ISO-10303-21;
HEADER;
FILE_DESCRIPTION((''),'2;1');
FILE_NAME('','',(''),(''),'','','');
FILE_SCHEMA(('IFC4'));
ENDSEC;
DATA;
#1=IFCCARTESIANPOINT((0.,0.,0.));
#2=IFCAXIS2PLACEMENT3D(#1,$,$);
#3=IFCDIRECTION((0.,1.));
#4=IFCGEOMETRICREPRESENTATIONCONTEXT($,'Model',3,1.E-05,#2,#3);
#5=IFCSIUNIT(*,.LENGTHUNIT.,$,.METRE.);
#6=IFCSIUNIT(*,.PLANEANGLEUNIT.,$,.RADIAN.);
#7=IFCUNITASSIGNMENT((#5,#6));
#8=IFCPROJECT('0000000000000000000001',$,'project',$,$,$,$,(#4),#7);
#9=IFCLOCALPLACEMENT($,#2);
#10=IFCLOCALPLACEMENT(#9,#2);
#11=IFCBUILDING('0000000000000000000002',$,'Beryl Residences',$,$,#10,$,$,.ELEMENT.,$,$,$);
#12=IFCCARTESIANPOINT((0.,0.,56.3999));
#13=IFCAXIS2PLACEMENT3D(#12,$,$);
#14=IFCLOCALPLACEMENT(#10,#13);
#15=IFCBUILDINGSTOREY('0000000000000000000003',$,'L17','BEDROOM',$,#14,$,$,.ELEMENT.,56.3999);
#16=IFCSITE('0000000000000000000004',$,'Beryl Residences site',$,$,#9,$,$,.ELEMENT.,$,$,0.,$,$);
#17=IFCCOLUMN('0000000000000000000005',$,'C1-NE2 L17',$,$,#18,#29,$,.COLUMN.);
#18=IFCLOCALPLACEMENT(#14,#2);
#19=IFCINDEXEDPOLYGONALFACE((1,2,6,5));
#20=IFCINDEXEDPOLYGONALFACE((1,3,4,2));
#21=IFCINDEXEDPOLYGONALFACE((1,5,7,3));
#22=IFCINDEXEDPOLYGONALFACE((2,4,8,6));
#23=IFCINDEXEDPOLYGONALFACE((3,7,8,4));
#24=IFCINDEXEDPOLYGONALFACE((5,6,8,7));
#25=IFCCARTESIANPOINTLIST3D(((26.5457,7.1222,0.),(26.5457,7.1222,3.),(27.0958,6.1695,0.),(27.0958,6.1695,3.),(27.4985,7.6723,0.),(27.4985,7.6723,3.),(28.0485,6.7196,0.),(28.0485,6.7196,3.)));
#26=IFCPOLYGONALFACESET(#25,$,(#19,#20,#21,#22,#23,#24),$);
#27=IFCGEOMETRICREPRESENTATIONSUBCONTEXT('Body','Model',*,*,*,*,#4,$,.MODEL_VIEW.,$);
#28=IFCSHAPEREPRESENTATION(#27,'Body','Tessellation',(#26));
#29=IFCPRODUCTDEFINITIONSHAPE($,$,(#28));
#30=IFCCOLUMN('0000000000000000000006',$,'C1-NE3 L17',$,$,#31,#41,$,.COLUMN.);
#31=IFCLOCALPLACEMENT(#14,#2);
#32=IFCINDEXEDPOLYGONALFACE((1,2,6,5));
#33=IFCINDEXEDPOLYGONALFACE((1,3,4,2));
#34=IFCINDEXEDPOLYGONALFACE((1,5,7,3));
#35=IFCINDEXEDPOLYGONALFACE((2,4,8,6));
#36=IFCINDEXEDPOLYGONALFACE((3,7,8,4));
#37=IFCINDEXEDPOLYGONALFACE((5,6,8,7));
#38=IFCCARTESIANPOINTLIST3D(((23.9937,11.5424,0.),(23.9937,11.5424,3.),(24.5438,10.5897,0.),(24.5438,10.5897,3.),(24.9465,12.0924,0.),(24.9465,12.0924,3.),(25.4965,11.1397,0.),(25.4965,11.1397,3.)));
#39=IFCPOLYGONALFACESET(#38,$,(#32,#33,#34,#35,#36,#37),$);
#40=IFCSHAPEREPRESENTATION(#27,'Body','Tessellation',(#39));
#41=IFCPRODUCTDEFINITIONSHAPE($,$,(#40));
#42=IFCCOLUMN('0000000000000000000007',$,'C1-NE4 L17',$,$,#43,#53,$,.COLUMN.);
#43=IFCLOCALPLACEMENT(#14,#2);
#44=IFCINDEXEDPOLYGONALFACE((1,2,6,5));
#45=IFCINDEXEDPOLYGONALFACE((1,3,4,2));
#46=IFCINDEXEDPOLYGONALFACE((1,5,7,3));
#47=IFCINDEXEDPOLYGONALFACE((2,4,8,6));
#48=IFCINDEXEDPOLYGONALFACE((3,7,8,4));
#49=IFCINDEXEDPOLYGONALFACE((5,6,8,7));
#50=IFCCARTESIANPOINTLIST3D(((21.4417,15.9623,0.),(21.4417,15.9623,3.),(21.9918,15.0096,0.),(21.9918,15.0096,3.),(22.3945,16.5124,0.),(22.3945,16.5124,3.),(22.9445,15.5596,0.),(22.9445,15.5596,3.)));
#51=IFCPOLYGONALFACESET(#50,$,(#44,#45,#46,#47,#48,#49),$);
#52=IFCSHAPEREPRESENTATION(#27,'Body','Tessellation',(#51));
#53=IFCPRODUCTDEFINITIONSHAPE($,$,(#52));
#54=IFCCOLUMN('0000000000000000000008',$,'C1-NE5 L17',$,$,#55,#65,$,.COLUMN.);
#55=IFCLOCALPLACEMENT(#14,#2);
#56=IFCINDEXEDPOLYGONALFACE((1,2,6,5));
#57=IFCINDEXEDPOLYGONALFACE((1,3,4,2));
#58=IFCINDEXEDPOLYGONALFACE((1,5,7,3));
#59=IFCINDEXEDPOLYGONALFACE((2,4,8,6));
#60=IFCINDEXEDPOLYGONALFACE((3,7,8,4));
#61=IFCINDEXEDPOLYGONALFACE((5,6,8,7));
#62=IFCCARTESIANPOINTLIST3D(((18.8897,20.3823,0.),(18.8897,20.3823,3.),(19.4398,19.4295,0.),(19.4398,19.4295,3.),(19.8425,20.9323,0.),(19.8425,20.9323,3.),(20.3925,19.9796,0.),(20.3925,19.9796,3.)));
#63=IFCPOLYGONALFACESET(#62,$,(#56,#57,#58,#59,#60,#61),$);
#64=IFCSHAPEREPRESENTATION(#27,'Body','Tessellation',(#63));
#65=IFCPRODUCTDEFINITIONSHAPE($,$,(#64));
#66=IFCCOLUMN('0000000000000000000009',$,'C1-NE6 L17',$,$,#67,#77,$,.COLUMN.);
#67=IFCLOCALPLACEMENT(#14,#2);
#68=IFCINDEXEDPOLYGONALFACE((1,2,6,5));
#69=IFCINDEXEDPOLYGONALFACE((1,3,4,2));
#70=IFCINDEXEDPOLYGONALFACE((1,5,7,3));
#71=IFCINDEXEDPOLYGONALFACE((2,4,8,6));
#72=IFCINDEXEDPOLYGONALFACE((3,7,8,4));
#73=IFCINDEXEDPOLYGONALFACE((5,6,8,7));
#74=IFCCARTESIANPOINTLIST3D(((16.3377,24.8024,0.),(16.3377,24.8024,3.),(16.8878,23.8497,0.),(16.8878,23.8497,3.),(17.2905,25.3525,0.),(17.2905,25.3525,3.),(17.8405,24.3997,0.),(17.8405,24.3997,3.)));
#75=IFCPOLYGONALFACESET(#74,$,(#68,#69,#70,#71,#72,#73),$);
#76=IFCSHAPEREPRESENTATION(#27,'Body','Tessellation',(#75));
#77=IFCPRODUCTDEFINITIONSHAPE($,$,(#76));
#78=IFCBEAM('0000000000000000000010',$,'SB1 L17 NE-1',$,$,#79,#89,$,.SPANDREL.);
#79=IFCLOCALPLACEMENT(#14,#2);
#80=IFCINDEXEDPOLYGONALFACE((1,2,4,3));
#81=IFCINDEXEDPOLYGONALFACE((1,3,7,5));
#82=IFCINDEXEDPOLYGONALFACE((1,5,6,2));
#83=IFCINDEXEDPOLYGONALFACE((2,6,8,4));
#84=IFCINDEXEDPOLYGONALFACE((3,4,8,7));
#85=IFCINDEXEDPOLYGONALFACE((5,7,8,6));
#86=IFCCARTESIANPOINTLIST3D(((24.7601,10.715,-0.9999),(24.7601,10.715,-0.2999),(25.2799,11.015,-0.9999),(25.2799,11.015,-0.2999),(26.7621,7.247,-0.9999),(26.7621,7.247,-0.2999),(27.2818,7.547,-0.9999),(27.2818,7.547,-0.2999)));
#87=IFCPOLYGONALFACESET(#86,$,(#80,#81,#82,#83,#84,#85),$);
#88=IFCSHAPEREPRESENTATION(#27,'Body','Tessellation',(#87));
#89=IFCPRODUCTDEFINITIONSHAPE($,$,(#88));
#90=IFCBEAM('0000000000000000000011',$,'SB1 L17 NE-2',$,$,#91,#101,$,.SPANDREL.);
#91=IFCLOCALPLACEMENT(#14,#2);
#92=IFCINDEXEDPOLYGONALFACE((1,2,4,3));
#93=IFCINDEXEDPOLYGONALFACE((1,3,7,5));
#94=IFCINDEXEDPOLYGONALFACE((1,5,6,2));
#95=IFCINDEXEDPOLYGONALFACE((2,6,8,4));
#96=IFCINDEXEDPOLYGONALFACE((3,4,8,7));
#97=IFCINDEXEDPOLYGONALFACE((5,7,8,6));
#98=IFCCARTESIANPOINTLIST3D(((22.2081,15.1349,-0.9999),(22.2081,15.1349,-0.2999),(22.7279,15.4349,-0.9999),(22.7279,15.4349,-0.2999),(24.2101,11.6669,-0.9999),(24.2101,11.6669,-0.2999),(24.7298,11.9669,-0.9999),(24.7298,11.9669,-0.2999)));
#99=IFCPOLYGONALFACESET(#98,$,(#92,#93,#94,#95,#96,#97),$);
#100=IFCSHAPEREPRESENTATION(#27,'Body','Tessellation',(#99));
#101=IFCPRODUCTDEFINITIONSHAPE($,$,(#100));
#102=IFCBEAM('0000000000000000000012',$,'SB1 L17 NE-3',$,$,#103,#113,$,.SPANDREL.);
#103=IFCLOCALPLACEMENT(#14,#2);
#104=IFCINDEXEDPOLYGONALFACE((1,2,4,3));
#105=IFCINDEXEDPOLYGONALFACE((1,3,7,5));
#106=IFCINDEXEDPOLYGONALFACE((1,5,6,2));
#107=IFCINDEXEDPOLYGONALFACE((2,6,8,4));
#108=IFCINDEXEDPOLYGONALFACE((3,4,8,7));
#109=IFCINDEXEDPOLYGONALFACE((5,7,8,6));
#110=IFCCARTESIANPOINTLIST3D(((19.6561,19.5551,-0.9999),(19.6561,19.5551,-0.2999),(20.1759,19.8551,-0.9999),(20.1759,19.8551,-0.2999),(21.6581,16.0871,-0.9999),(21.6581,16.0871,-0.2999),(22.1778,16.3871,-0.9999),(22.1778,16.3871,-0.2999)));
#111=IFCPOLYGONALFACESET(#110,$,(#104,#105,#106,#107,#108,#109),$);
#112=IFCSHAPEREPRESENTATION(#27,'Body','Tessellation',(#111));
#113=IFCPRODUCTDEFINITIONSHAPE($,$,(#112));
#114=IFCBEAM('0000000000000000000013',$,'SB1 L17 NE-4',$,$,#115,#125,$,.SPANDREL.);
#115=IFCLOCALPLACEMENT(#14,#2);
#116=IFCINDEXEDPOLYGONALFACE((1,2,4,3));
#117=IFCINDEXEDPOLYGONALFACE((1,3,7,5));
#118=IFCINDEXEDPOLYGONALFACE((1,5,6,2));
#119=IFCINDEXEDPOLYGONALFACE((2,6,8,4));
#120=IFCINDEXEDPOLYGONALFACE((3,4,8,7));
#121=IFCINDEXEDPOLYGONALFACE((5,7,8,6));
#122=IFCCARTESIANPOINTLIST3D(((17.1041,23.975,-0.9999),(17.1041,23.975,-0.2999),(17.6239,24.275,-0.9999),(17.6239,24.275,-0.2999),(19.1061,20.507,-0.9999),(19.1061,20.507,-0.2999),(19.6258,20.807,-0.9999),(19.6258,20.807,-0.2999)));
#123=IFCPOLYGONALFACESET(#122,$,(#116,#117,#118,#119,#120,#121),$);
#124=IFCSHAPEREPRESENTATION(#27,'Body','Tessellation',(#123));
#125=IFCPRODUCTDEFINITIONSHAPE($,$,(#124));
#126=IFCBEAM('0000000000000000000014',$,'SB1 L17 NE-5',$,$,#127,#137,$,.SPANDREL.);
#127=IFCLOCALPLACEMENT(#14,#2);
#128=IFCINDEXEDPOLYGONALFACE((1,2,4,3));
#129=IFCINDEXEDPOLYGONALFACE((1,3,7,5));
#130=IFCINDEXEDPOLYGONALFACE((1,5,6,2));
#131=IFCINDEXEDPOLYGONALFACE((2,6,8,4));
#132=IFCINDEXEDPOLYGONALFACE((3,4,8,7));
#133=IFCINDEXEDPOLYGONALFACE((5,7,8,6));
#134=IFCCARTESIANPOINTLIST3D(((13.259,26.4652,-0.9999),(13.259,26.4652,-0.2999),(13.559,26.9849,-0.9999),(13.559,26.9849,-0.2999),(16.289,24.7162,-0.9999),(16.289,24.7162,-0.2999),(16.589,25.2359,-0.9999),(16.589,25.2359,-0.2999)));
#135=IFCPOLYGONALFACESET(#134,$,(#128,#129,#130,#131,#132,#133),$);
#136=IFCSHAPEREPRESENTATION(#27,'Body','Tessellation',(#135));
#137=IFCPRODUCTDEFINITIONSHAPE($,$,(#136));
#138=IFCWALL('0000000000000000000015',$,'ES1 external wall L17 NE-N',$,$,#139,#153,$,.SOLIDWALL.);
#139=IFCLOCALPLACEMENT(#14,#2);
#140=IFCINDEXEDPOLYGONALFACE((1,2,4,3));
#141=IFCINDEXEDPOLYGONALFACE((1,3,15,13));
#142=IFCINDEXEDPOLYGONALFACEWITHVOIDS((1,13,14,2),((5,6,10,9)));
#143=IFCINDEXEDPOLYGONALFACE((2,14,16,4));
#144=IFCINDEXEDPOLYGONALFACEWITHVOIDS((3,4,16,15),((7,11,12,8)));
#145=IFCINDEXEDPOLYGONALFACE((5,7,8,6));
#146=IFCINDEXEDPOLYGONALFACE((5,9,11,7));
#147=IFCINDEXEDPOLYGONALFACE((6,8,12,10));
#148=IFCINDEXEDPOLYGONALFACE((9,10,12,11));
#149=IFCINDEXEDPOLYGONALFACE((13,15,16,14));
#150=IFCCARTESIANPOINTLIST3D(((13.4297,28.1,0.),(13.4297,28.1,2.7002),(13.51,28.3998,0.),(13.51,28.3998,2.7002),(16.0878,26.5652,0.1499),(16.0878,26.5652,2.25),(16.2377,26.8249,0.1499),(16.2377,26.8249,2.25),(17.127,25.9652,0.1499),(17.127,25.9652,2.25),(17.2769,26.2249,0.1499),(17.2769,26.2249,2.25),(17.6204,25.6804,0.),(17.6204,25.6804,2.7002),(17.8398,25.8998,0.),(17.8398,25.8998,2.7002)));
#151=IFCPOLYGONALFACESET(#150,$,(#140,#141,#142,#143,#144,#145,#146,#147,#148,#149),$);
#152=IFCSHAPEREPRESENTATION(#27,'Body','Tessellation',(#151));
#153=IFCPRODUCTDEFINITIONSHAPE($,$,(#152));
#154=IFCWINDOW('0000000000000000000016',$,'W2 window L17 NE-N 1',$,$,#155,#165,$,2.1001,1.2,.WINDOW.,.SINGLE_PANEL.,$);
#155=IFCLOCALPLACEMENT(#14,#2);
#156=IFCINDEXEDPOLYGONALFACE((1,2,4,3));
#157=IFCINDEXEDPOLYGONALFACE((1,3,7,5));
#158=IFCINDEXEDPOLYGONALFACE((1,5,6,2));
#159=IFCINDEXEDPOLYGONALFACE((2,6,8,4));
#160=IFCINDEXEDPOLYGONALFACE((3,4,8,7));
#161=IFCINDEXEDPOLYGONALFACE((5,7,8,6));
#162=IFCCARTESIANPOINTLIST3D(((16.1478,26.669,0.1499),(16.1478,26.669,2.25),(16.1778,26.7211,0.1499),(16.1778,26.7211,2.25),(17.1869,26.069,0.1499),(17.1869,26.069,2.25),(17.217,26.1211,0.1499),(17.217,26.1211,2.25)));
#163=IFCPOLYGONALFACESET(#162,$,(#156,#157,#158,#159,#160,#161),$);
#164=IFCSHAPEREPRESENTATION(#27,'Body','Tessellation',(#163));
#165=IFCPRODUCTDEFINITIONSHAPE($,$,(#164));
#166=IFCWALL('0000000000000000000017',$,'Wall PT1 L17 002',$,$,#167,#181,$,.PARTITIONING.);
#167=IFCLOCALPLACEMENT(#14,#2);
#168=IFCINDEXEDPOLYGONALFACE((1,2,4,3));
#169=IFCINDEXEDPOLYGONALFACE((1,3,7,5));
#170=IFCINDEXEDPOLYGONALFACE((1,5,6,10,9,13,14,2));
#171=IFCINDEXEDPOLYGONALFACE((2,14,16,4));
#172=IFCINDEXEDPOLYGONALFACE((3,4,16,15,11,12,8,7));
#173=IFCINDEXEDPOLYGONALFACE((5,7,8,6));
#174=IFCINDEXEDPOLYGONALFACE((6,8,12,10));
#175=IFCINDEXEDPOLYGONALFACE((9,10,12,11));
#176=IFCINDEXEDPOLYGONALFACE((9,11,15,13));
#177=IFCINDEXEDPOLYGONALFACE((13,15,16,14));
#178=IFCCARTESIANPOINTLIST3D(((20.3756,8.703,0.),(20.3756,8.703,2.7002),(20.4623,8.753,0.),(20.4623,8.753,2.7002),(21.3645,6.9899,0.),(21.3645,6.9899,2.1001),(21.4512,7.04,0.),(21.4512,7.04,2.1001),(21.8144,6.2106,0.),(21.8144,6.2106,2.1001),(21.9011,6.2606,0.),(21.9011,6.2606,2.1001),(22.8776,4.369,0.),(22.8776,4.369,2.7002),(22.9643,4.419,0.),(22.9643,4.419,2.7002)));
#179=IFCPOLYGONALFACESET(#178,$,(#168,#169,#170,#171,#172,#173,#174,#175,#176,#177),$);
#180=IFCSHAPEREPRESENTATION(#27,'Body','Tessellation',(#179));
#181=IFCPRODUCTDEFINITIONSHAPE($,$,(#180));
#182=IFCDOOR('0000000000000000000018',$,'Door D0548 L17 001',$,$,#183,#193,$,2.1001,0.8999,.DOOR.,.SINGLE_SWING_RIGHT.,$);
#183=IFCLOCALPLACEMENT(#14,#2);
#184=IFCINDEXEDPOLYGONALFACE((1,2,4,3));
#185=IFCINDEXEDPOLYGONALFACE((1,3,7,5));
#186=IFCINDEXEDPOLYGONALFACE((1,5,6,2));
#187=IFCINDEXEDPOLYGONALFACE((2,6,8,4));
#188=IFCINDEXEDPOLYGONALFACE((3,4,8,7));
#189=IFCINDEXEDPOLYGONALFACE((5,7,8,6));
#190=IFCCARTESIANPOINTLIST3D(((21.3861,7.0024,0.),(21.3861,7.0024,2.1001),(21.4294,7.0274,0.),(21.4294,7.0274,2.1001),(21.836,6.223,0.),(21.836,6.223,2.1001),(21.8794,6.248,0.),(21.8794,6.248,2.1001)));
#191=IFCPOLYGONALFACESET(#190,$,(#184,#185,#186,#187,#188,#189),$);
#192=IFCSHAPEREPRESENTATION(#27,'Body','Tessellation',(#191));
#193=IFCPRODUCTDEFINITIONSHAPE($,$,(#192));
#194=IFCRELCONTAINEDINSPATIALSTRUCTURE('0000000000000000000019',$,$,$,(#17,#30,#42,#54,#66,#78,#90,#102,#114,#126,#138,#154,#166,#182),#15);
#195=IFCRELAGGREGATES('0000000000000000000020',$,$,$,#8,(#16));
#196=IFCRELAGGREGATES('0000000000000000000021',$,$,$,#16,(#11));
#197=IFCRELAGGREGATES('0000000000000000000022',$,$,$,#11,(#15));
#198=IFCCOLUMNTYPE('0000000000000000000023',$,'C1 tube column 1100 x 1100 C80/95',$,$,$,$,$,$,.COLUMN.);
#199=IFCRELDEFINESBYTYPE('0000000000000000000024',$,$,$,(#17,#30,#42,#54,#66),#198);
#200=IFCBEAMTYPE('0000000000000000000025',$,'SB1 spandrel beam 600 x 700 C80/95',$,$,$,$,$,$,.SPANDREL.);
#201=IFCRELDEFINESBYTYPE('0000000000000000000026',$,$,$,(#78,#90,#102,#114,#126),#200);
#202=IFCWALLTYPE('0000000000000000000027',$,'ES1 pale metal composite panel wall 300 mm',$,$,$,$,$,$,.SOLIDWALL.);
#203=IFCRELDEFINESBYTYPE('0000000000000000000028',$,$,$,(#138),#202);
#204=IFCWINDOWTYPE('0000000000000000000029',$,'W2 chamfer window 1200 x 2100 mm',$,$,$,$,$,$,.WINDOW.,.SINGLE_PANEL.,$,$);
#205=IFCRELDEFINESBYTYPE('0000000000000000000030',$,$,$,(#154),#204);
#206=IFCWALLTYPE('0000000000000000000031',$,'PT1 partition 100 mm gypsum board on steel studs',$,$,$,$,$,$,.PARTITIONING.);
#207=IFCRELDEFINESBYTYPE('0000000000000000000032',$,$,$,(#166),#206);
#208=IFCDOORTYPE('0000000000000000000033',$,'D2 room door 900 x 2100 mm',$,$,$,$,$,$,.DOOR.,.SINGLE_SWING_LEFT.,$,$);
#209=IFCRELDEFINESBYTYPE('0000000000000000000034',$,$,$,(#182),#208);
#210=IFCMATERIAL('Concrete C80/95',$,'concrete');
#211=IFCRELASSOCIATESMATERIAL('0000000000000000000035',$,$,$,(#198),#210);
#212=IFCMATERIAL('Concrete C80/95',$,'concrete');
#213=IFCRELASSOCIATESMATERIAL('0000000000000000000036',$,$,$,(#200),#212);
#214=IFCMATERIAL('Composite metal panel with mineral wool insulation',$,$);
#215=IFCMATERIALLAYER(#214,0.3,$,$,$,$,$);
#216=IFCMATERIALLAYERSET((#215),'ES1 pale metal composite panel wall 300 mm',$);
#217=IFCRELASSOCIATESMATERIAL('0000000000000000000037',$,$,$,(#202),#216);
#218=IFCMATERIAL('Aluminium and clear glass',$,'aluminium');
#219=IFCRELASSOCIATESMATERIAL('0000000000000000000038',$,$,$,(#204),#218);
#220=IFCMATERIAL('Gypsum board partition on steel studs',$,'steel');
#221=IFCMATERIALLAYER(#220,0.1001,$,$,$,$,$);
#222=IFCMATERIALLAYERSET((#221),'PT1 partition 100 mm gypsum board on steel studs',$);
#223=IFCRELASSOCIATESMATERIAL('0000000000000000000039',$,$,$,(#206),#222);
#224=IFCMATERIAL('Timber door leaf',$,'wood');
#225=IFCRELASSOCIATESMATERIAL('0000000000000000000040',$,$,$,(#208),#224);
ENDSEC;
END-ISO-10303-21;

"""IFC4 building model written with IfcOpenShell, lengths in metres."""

from ifc_helpers import new_model, si_unit, direction, frame, frame_2d, origin, origin_2d, place, context, subcontext, project, spatial, polyline, rectangle, outline, extrude, material, layer, layer_set, material_profile, profile_set, type_object, element, fill, save


model = new_model("IFC4")

# Units and contexts
model_context = context("Model", 3, precision=1e-05, world=origin(), true_north=direction((0.0, 1.0)))
body_context = subcontext(model_context, "Body", "Model", "MODEL_VIEW")
ifc_project = project(units=[si_unit("LENGTHUNIT", "METRE"), si_unit("PLANEANGLEUNIT", "RADIAN")], contexts=[model_context])

# Site, building, storey
site_placement = place(None, origin())
site = spatial("IfcSite", under=ifc_project, at=site_placement, Name="Beryl Residences site", CompositionType="ELEMENT", RefElevation=0.0)
building_placement = place(site_placement, origin())
building = spatial("IfcBuilding", under=site, at=building_placement, Name="Beryl Residences", CompositionType="ELEMENT")
storey_placement = place(building_placement, frame((0.0, 0.0, 56.3999)))
storey = spatial("IfcBuildingStorey", under=building, at=storey_placement, Name="L17", Description="BEDROOM", CompositionType="ELEMENT", Elevation=56.3999)

# Columns
ifc_material_1 = material(Name="Concrete C80/95", Category="concrete")
ifc_material_profile_1 = material_profile(ifc_material_1, rectangle(XDim=1.1001, YDim=1.1001, at=origin_2d()))
ifc_profile_set_1 = profile_set([ifc_material_profile_1], Name="Concrete C80/95")
column_type = type_object("IfcColumnType", Name="C1 tube column 1100 x 1100 C80/95", PredefinedType="COLUMN", material=ifc_profile_set_1)
for number, where, z_axis, x_axis, name in (
    (1, (27.2971, 6.9209, 0.0), (0.0, 0.0, 1.0), (-0.499985, 0.866034, 0.0), "C1-NE2 L17"),
    (2, (24.7451, 11.3411, 0.0), (0.0, 0.0, 1.0), (-0.499985, 0.866034, 0.0), "C1-NE3 L17"),
    (3, (22.1931, 15.761, 0.0), (0.0, 0.0, 1.0), (-0.499985, 0.866034, 0.0), "C1-NE4 L17"),
    (4, (19.6411, 20.1809, 0.0), (0.0, 0.0, 1.0), (-0.499985, 0.866034, 0.0), "C1-NE5 L17"),
    (5, (17.0891, 24.6011, 0.0), (0.0, 0.0, 1.0), (-0.499985, 0.866034, 0.0), "C1-NE6 L17"),
):
    element("IfcColumn", number, at=place(storey_placement, frame(where, z_axis=z_axis, x_axis=x_axis)), inside=storey, type_object=column_type, Name=name, PredefinedType="COLUMN", context=body_context, shape_type="SweptSolid", body=[
        extrude(rectangle(XDim=1.1001, YDim=1.1001, at=origin_2d()), origin(), (0.0, 0.0, 1.0), 3.0),
    ])

# Beams
ifc_material_2 = material(Name="Concrete C80/95", Category="concrete")
ifc_material_profile_2 = material_profile(ifc_material_2, rectangle(XDim=0.6001, YDim=0.7, at=origin_2d()))
ifc_profile_set_2 = profile_set([ifc_material_profile_2], Name="Concrete C80/95")
beam_type = type_object("IfcBeamType", Name="SB1 spandrel beam 600 x 700 C80/95", PredefinedType="SPANDREL", material=ifc_profile_set_2)
for number, where, z_axis, x_axis, name in (
    (6, (27.022, 7.397, -0.6499), (-0.499942, 0.866059, 0.0), (-0.866059, -0.499942, 0.0), "SB1 L17 NE-1"),
    (7, (24.47, 11.8169, -0.6499), (-0.499942, 0.866059, 0.0), (-0.866059, -0.499942, 0.0), "SB1 L17 NE-2"),
    (8, (21.918, 16.2371, -0.6499), (-0.499942, 0.866059, 0.0), (-0.866059, -0.499942, 0.0), "SB1 L17 NE-3"),
    (9, (19.366, 20.657, -0.6499), (-0.499942, 0.866059, 0.0), (-0.866059, -0.499942, 0.0), "SB1 L17 NE-4"),
):
    element("IfcBeam", number, at=place(storey_placement, frame(where, z_axis=z_axis, x_axis=x_axis)), inside=storey, type_object=beam_type, Name=name, PredefinedType="SPANDREL", context=body_context, shape_type="SweptSolid", body=[
        extrude(rectangle(XDim=0.6001, YDim=0.7, at=origin_2d()), origin(), (0.0, 0.0, 1.0), 4.0044),
    ])
beam_placement = place(storey_placement, frame((16.439, 24.9761, -0.6499), z_axis=(-0.866071, 0.499922, 0.0), x_axis=(-0.499922, -0.866071, 0.0)))
element("IfcBeam", 10, at=beam_placement, inside=storey, type_object=beam_type, Name="SB1 L17 NE-5", PredefinedType="SPANDREL", context=body_context, shape_type="SweptSolid", body=[
    extrude(rectangle(XDim=0.6001, YDim=0.7, at=origin_2d()), origin(), (0.0, 0.0, 1.0), 3.4985),
])

# Wall, opening, window
ifc_material_3 = material(Name="Composite metal panel with mineral wool insulation")
ifc_layer_1 = layer(ifc_material_3, 0.3)
ifc_layer_set_1 = layer_set([ifc_layer_1], Name="ES1 pale metal composite panel wall 300 mm")
wall_type_1 = type_object("IfcWallType", Name="ES1 pale metal composite panel wall 300 mm", PredefinedType="SOLIDWALL", material=ifc_layer_set_1)
wall_1_placement = place(storey_placement, frame((17.7649, 25.77, 0.0), z_axis=(0.0, 0.0, 1.0), x_axis=(-0.866011, 0.500025, 0.0)))
wall_1 = element("IfcWall", 11, at=wall_1_placement, inside=storey, type_object=wall_type_1, Name="ES1 external wall L17 NE-N", PredefinedType="SOLIDWALL", context=body_context, shape_type="SweptSolid", body=[
    extrude(outline(polyline([(0.0, -0.1499), (4.9998, -0.1499), (4.9194, 0.1499), (0.0803, 0.1499), (0.0, -0.1499)])), origin(), (0.0, 0.0, 1.0), 2.7002),
])
opening_1_placement = place(wall_1_placement, frame((0.6499, 0.0, 0.1499)))
opening_1 = element("IfcOpeningElement", 12, at=opening_1_placement, cuts=wall_1, PredefinedType="OPENING", context=body_context, shape_type="SweptSolid", body=[
    extrude(rectangle(XDim=1.2, YDim=2.1001, at=frame_2d((0.6001, 1.05))), frame((0.0, 0.1599, 0.0), z_axis=(0.0, -1.0, 0.0), x_axis=(1.0, 0.0, 0.0)), (0.0, 0.0, 1.0), 0.3201),
])
ifc_material_4 = material(Name="Aluminium and clear glass", Category="aluminium")
window_type = type_object("IfcWindowType", Name="W2 chamfer window 1200 x 2100 mm", PartitioningType="SINGLE_PANEL", PredefinedType="WINDOW", material=ifc_material_4)
window_placement = place(opening_1_placement, origin())
window = element("IfcWindow", 13, at=window_placement, inside=storey, type_object=window_type, Name="W2 window L17 NE-N 1", OverallHeight=2.1001, OverallWidth=1.2, PartitioningType="SINGLE_PANEL", PredefinedType="WINDOW", context=body_context, shape_type="SweptSolid", body=[
    extrude(rectangle(XDim=1.2, YDim=2.1001, at=frame_2d((0.6001, 1.05))), frame((0.0, 0.03, 0.0), z_axis=(0.0, -1.0, 0.0), x_axis=(1.0, 0.0, 0.0)), (0.0, 0.0, 1.0), 0.0601),
])
fill(opening_1, window)

# Wall, opening, door
ifc_material_5 = material(Name="Gypsum board partition on steel studs", Category="steel")
ifc_layer_2 = layer(ifc_material_5, 0.1001)
ifc_layer_set_2 = layer_set([ifc_layer_2], Name="PT1 partition 100 mm gypsum board on steel studs")
wall_type_2 = type_object("IfcWallType", Name="PT1 partition 100 mm gypsum board on steel studs", PredefinedType="PARTITIONING", material=ifc_layer_set_2)
wall_2_placement = place(storey_placement, frame((20.4189, 8.728, 0.0), z_axis=(0.0, 0.0, 1.0), x_axis=(0.499959, -0.866049, 0.0)))
wall_2 = element("IfcWall", 14, at=wall_2_placement, inside=storey, type_object=wall_type_2, Name="Wall PT1 L17 002", PredefinedType="PARTITIONING", context=body_context, shape_type="SweptSolid", body=[
    extrude(rectangle(XDim=5.0044, YDim=0.1001, at=frame_2d((2.5022, 0.0))), origin(), (0.0, 0.0, 1.0), 2.7002),
])
opening_2_placement = place(wall_2_placement, frame((1.978, 0.0, 0.0)))
opening_2 = element("IfcOpeningElement", 15, at=opening_2_placement, cuts=wall_2, PredefinedType="OPENING", context=body_context, shape_type="SweptSolid", body=[
    extrude(rectangle(XDim=0.8999, YDim=2.1001, at=frame_2d((0.45, 1.05))), frame((0.0, 0.0601, 0.0), z_axis=(0.0, -1.0, 0.0), x_axis=(1.0, 0.0, 0.0)), (0.0, 0.0, 1.0), 0.1201),
])
ifc_material_6 = material(Name="Timber door leaf", Category="wood")
door_type = type_object("IfcDoorType", Name="D2 room door 900 x 2100 mm", OperationType="SINGLE_SWING_LEFT", PredefinedType="DOOR", material=ifc_material_6)
door_1_placement = place(opening_2_placement, origin())
door_1 = element("IfcDoor", 16, at=door_1_placement, inside=storey, type_object=door_type, Name="Door D0548 L17 001", OperationType="SINGLE_SWING_RIGHT", OverallHeight=2.1001, OverallWidth=0.8999, PredefinedType="DOOR", context=body_context, shape_type="SweptSolid", body=[
    extrude(rectangle(XDim=0.8999, YDim=2.1001, at=frame_2d((0.45, 1.05))), frame((0.0, 0.0249, 0.0), z_axis=(0.0, -1.0, 0.0), x_axis=(1.0, 0.0, 0.0)), (0.0, 0.0, 1.0), 0.05),
])
fill(opening_2, door_1)

save(model, "model.ifc")
